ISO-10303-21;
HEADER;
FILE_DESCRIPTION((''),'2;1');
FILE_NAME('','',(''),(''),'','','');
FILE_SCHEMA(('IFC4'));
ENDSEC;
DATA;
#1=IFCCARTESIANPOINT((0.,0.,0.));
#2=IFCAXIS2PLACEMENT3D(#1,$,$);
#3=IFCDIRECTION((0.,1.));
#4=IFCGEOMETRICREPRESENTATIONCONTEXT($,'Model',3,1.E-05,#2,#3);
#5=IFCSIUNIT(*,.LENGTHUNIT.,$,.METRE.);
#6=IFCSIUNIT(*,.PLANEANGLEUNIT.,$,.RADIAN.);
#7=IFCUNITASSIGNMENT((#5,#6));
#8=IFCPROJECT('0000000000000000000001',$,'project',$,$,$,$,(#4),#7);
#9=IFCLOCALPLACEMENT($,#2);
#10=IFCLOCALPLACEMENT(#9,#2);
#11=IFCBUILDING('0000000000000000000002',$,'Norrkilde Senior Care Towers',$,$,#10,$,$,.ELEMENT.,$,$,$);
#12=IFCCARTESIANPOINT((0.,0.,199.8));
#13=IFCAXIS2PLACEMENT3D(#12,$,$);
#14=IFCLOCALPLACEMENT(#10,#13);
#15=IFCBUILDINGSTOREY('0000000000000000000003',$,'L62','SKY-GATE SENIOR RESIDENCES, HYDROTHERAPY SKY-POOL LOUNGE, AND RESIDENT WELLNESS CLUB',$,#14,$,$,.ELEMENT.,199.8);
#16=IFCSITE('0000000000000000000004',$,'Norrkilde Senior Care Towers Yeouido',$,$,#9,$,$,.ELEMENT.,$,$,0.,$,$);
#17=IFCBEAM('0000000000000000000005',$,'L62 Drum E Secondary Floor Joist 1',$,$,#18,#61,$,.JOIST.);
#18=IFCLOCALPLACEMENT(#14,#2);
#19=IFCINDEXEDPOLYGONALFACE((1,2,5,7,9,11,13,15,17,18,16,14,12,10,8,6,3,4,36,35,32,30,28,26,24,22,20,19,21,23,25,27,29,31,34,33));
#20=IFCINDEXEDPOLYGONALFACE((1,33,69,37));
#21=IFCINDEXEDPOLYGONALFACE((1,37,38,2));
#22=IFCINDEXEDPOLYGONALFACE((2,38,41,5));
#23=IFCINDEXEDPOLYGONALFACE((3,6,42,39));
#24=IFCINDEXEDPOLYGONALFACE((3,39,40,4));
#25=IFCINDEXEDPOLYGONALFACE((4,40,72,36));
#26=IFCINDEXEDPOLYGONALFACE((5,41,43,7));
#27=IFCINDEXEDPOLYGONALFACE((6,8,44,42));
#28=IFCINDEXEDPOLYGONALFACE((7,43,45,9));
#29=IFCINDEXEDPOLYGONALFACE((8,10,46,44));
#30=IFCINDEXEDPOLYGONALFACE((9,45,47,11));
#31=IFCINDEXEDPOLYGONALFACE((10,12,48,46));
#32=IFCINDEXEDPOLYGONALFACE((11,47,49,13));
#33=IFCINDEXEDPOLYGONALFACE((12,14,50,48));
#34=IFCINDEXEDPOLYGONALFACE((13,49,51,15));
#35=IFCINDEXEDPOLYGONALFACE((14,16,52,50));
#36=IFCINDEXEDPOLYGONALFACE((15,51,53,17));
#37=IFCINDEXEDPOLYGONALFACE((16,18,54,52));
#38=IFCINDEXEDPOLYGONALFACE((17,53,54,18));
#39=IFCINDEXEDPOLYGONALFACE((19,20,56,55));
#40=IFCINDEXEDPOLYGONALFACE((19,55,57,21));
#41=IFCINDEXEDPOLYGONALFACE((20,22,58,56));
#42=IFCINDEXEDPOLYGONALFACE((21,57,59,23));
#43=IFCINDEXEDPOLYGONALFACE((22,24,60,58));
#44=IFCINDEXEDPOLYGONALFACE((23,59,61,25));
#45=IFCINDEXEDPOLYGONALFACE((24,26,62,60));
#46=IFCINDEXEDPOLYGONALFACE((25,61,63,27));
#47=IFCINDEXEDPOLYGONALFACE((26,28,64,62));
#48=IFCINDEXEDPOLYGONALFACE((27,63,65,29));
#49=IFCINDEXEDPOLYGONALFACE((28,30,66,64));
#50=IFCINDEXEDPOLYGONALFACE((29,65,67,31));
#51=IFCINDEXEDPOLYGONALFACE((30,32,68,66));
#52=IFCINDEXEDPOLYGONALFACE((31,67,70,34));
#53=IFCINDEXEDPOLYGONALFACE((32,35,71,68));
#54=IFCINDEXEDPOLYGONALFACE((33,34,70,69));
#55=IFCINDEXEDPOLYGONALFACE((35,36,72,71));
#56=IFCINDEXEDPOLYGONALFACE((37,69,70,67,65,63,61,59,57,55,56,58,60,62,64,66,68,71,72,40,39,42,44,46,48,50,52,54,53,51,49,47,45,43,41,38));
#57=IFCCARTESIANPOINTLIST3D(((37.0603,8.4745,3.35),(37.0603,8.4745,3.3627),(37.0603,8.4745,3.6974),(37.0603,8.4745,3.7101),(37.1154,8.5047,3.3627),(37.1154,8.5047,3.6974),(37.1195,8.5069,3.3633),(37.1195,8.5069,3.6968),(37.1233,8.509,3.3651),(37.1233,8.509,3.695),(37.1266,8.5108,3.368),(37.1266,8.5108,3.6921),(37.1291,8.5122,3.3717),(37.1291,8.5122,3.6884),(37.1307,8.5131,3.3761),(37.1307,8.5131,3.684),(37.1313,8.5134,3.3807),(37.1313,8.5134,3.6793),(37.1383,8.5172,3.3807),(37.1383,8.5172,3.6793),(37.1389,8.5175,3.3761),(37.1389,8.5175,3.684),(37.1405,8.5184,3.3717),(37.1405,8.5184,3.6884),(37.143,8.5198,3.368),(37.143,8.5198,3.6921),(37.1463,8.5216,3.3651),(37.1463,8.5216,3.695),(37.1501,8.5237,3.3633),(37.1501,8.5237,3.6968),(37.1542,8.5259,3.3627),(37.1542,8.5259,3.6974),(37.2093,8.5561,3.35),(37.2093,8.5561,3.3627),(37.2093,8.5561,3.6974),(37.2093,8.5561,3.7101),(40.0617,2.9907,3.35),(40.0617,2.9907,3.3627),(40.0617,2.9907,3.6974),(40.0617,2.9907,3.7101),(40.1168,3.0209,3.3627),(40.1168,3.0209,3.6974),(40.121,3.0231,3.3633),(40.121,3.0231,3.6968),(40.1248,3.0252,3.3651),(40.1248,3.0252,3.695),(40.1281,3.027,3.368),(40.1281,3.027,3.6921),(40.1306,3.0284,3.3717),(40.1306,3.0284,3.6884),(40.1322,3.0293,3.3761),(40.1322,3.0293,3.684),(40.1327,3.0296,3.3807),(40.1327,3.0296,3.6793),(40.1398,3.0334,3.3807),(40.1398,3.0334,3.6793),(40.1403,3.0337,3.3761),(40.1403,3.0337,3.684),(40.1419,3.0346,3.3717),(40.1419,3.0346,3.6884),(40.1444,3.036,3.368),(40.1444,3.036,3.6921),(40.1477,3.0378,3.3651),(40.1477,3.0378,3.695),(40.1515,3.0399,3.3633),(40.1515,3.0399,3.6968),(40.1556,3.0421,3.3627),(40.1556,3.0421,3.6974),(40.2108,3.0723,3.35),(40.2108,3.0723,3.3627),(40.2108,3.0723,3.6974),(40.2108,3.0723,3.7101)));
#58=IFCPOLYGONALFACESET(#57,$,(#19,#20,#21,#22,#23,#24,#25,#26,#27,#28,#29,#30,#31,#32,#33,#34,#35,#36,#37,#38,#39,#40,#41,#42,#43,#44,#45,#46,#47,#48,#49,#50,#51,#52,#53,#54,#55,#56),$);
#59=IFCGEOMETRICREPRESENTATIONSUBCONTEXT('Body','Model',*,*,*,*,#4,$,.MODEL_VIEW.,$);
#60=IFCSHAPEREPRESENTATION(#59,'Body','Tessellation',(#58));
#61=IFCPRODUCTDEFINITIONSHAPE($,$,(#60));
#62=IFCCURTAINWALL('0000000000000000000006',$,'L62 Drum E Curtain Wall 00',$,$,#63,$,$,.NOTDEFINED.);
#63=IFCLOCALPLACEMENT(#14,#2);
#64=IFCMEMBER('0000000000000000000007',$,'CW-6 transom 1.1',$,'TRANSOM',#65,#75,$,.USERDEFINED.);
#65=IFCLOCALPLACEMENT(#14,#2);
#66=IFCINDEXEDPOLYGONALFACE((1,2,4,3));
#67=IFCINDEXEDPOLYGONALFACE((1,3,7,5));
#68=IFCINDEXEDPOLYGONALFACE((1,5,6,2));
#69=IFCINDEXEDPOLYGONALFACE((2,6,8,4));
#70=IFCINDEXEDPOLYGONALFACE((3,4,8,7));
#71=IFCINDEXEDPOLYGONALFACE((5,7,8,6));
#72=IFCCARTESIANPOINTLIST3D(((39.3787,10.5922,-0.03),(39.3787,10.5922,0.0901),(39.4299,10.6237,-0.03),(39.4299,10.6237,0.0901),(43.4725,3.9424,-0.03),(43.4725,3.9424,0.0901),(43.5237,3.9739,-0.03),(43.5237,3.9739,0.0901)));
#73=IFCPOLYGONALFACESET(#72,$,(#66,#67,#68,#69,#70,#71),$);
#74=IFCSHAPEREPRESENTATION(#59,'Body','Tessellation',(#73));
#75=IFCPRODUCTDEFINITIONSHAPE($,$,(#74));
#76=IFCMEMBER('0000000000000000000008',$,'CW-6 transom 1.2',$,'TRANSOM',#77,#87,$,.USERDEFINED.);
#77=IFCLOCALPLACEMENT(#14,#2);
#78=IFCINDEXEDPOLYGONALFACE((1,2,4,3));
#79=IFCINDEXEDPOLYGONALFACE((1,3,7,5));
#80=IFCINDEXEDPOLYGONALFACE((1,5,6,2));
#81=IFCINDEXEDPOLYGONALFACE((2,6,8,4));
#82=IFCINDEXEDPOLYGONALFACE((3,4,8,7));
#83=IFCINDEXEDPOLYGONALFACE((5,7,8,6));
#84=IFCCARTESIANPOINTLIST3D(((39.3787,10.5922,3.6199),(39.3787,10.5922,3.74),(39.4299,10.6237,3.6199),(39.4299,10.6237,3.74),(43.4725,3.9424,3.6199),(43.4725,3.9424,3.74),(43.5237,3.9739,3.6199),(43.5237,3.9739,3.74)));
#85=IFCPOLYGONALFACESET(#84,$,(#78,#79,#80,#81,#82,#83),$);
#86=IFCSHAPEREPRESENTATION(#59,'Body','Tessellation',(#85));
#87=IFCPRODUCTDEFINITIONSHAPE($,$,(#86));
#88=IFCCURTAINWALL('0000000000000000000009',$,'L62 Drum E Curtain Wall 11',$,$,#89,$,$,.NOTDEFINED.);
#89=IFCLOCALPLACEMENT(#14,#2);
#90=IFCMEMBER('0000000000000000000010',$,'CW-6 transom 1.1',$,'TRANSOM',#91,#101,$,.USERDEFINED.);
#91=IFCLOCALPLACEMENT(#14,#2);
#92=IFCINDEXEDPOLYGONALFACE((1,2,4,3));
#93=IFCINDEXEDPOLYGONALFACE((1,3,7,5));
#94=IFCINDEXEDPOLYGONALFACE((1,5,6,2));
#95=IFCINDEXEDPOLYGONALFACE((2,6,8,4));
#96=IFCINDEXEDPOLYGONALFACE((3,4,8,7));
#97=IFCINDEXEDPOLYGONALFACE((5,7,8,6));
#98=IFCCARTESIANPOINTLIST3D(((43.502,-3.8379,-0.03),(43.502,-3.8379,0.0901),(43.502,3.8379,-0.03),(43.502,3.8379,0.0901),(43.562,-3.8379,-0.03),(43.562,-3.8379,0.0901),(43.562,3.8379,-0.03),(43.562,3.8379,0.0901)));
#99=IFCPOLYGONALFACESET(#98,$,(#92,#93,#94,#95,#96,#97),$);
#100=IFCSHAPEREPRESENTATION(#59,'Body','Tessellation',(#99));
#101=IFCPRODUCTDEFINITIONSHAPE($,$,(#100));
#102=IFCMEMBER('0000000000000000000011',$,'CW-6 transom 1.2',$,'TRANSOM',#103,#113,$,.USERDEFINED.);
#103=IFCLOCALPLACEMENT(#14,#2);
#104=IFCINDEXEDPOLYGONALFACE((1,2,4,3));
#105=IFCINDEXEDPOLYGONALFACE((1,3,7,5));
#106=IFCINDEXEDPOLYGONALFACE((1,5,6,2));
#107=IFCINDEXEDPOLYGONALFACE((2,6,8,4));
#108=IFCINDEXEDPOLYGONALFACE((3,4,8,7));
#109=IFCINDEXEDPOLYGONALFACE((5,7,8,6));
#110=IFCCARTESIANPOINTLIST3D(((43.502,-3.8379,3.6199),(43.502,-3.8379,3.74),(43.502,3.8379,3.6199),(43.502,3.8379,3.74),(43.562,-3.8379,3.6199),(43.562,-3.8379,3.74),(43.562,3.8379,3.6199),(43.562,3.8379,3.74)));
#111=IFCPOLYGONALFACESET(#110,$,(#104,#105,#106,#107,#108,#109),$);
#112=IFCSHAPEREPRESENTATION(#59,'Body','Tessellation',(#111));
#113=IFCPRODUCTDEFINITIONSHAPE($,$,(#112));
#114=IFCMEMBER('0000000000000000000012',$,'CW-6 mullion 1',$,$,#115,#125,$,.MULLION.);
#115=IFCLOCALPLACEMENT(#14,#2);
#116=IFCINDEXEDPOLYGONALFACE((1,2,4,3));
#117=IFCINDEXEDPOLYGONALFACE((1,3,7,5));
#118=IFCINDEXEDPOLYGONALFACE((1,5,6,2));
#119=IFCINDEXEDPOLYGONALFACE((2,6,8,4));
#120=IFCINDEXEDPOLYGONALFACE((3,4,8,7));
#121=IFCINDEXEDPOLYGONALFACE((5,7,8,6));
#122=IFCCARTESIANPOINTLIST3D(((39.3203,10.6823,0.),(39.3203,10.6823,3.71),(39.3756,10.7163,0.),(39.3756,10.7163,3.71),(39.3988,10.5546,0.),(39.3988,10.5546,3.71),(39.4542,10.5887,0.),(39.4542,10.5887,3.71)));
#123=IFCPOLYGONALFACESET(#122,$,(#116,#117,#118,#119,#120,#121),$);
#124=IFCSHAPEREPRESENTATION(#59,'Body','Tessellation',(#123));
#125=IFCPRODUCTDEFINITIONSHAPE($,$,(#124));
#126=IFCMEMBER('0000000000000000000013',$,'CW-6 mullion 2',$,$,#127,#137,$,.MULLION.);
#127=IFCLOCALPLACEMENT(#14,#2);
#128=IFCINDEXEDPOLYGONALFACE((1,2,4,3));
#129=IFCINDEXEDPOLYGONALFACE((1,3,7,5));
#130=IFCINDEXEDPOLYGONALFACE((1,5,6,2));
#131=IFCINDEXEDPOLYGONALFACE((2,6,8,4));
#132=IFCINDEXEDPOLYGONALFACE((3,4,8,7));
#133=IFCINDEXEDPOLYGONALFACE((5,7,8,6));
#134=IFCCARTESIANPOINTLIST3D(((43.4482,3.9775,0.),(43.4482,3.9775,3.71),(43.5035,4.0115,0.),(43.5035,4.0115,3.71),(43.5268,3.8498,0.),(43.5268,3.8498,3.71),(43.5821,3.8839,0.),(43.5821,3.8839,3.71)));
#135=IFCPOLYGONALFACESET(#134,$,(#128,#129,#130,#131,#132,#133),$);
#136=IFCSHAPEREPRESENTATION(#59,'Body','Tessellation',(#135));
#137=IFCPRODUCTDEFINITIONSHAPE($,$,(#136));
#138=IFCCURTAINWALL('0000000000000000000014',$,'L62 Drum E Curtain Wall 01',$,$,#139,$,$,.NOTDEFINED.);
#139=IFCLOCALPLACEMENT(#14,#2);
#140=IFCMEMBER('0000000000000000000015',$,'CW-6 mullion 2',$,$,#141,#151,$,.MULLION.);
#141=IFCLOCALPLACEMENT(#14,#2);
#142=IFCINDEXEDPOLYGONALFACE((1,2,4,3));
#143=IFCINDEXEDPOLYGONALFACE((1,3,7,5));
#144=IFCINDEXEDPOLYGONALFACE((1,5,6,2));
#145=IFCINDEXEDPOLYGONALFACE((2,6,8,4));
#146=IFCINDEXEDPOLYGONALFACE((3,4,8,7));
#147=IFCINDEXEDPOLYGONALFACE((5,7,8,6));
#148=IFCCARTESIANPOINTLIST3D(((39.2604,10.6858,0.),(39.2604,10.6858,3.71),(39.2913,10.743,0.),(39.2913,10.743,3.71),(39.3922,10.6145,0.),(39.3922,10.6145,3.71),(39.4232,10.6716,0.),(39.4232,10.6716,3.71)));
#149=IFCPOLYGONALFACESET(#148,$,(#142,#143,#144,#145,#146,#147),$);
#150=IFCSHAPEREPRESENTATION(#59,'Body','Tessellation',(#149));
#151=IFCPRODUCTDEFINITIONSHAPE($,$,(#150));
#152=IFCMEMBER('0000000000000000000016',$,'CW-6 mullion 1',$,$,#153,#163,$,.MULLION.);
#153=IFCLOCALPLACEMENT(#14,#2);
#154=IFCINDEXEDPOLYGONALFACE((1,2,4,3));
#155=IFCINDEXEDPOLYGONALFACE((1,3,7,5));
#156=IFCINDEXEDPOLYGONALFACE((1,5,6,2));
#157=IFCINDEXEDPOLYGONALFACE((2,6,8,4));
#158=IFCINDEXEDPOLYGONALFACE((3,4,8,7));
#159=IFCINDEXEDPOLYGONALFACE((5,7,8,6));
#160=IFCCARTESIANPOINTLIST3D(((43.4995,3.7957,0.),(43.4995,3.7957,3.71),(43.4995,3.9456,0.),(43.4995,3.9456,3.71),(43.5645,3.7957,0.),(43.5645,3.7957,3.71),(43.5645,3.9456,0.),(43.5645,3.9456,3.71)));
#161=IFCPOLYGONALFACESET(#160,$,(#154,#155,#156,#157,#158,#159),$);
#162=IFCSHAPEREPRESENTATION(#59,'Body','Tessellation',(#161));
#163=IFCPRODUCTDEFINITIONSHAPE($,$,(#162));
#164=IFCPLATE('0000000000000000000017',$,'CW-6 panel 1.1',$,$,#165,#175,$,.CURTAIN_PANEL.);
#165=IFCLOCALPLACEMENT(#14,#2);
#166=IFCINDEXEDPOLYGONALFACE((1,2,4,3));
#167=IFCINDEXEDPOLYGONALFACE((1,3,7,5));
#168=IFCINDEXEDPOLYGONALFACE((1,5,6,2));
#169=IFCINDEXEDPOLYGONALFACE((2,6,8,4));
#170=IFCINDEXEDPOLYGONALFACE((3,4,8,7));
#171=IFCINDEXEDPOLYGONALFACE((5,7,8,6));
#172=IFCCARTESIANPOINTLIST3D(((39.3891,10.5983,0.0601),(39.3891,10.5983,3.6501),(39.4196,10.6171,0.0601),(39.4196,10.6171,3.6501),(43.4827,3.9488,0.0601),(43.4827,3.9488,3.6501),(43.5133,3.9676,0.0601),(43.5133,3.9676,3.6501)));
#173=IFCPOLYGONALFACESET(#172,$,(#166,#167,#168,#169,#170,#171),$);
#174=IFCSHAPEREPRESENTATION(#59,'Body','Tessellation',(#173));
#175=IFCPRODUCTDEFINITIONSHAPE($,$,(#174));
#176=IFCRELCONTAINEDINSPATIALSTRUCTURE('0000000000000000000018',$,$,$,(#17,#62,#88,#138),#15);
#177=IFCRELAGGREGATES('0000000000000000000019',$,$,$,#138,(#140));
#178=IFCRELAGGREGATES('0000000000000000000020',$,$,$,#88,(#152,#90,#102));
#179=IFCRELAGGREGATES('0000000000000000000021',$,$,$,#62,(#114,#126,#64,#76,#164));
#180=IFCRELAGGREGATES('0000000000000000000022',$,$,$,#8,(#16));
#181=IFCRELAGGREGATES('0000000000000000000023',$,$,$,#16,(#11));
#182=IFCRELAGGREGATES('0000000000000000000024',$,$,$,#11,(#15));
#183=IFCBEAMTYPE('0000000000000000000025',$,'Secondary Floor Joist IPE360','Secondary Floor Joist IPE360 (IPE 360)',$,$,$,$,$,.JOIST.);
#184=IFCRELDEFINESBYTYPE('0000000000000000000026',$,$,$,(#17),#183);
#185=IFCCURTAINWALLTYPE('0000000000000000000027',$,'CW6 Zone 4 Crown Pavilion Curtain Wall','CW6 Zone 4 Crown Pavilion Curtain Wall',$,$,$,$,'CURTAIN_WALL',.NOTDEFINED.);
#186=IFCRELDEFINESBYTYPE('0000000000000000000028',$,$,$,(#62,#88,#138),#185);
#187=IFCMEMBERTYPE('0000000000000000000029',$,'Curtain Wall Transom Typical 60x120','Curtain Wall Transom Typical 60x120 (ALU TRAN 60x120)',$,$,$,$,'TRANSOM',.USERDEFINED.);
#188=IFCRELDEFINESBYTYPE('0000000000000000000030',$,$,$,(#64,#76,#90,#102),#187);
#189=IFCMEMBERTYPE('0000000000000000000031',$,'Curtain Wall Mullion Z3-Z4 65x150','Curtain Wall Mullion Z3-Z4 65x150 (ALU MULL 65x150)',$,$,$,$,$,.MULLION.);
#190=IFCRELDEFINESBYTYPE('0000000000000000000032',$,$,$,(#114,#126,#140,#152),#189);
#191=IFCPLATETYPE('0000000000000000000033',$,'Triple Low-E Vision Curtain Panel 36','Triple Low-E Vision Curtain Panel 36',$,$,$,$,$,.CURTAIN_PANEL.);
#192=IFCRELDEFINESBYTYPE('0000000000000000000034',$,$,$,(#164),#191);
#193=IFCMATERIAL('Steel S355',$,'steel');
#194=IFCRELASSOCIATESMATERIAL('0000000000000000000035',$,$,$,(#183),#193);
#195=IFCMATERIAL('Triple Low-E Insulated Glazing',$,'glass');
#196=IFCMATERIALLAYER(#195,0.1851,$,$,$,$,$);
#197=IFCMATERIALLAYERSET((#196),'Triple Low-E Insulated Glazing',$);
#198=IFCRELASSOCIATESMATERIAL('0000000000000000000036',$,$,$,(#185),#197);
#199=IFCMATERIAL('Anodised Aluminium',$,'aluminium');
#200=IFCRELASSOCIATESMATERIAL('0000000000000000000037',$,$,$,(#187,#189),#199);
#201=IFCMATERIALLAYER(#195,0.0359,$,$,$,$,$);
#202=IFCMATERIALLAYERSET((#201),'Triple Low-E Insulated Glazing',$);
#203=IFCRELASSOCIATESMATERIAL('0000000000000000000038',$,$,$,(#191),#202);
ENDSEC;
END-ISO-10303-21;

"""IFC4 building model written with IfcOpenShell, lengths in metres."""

from ifc_helpers import new_model, si_unit, direction, frame, origin, origin_2d, place, context, subcontext, project, spatial, rectangle, i_section, extrude, source, transform, mapped, material, layer, layer_set, material_profile, profile_set, type_object, type_shapes, element, aggregate, save


model = new_model("IFC4")

# Units and contexts
model_context = context("Model", 3, precision=1e-05, world=origin(), true_north=direction((0.0, 1.0)))
body_context = subcontext(model_context, "Body", "Model", "MODEL_VIEW")
ifc_project = project(units=[si_unit("LENGTHUNIT", "METRE"), si_unit("PLANEANGLEUNIT", "RADIAN")], contexts=[model_context])

# Site, building, storey
site_placement = place(None, origin())
site = spatial("IfcSite", under=ifc_project, at=site_placement, Name="Norrkilde Senior Care Towers Yeouido", CompositionType="ELEMENT", RefElevation=0.0)
building_placement = place(site_placement, origin())
building = spatial("IfcBuilding", under=site, at=building_placement, Name="Norrkilde Senior Care Towers", CompositionType="ELEMENT")
storey_placement = place(building_placement, frame((0.0, 0.0, 199.8)))
storey = spatial("IfcBuildingStorey", under=building, at=storey_placement, Name="L62", Description="SKY-GATE SENIOR RESIDENCES, HYDROTHERAPY SKY-POOL LOUNGE, AND RESIDENT WELLNESS CLUB", CompositionType="ELEMENT", Elevation=199.8)

# Beam
ifc_material_1 = material(Name="Steel S355", Category="steel")
ifc_material_profile_1 = material_profile(ifc_material_1, i_section(OverallWidth=0.1699, OverallDepth=0.3601, WebThickness=0.0081, FlangeThickness=0.0127, FilletRadius=0.0181, at=origin_2d()), Name="IPE 360")
ifc_profile_set_1 = profile_set([ifc_material_profile_1], Name="Steel S355")
beam_type_1 = type_object("IfcBeamType", Name="Secondary Floor Joist IPE360", Description="Secondary Floor Joist IPE360 (IPE 360)", PredefinedType="JOIST", material=ifc_profile_set_1)
shared_shape_1 = source(origin(), body_context, "Body", "SweptSolid", [
    extrude(i_section(OverallWidth=0.1699, OverallDepth=0.3601, WebThickness=0.0081, FlangeThickness=0.0127, FilletRadius=0.0181, at=origin_2d()), origin(), (0.0, 0.0, 1.0), 6.2515),
])
type_shapes(beam_type_1, [shared_shape_1])
beam_1_placement = place(storey_placement, frame((40.1362, 3.0315, 3.53), z_axis=(-0.480116, 0.877205, 0.0), x_axis=(-0.877205, -0.480116, 0.0)))
element("IfcBeam", 1, at=beam_1_placement, inside=storey, type_object=beam_type_1, Name="L62 Drum E Secondary Floor Joist 1", PredefinedType="JOIST", context=body_context, shape_type="MappedRepresentation", body=[
    mapped(shared_shape_1, transform((0.0, 0.0, 0.0), x_axis=(1.0, 0.0, 0.0), y_axis=(0.0, 1.0, 0.0), z_axis=(0.0, 0.0, 1.0), scale=1.0)),
])

# Curtain walls, members
ifc_material_2 = material(Name="Triple Low-E Insulated Glazing", Category="glass")
ifc_layer_1 = layer(ifc_material_2, 0.1851)
ifc_layer_set_1 = layer_set([ifc_layer_1], Name="Triple Low-E Insulated Glazing")
curtain_wall_type = type_object("IfcCurtainWallType", Name="CW6 Zone 4 Crown Pavilion Curtain Wall", Description="CW6 Zone 4 Crown Pavilion Curtain Wall", ElementType="CURTAIN_WALL", PredefinedType="NOTDEFINED", material=ifc_layer_set_1)
curtain_wall_1_placement = place(storey_placement, origin())
curtain_wall_1 = element("IfcCurtainWall", 2, at=curtain_wall_1_placement, inside=storey, type_object=curtain_wall_type, Name="L62 Drum E Curtain Wall 00", PredefinedType="NOTDEFINED")
ifc_material_3 = material(Name="Anodised Aluminium", Category="aluminium")
ifc_material_profile_2 = material_profile(ifc_material_3, rectangle(XDim=0.0601, YDim=0.1201, at=origin_2d()), Name="ALU TRAN 60x120")
ifc_profile_set_2 = profile_set([ifc_material_profile_2], Name="Anodised Aluminium")
member_type_1 = type_object("IfcMemberType", Name="Curtain Wall Transom Typical 60x120", Description="Curtain Wall Transom Typical 60x120 (ALU TRAN 60x120)", ElementType="TRANSOM", PredefinedType="USERDEFINED", material=ifc_profile_set_2)
shared_shape_2 = source(origin(), body_context, "Body", "SweptSolid", [
    extrude(rectangle(XDim=0.0601, YDim=0.1201, at=origin_2d()), origin(), (0.0, 0.0, 1.0), 7.8088),
])
member_1_placement = place(storey_placement, frame((39.4043, 10.6079, 0.03), z_axis=(0.524251, -0.851564, 0.0), x_axis=(0.851564, 0.524251, 0.0)))
member_1 = element("IfcMember", 3, at=member_1_placement, type_object=member_type_1, Name="CW-6 transom 1.1", ObjectType="TRANSOM", PredefinedType="USERDEFINED", context=body_context, shape_type="MappedRepresentation", body=[
    mapped(shared_shape_2, transform((0.0, 0.0, 0.0), x_axis=(1.0, 0.0, 0.0), y_axis=(0.0, 1.0, 0.0), z_axis=(0.0, 0.0, 1.0), scale=1.0)),
])
member_2_placement = place(storey_placement, frame((39.4043, 10.6079, 3.6799), z_axis=(0.524251, -0.851564, 0.0), x_axis=(0.851564, 0.524251, 0.0)))
member_2 = element("IfcMember", 4, at=member_2_placement, type_object=member_type_1, Name="CW-6 transom 1.2", ObjectType="TRANSOM", PredefinedType="USERDEFINED", context=body_context, shape_type="MappedRepresentation", body=[
    mapped(shared_shape_2, transform((0.0, 0.0, 0.0), x_axis=(1.0, 0.0, 0.0), y_axis=(0.0, 1.0, 0.0), z_axis=(0.0, 0.0, 1.0), scale=1.0)),
])
curtain_wall_2_placement = place(storey_placement, origin())
curtain_wall_2 = element("IfcCurtainWall", 5, at=curtain_wall_2_placement, inside=storey, type_object=curtain_wall_type, Name="L62 Drum E Curtain Wall 11", PredefinedType="NOTDEFINED")
shared_shape_3 = source(origin(), body_context, "Body", "SweptSolid", [
    extrude(rectangle(XDim=0.0601, YDim=0.1201, at=origin_2d()), origin(), (0.0, 0.0, 1.0), 7.6758),
])
type_shapes(member_type_1, [shared_shape_2, shared_shape_3])
member_3_placement = place(storey_placement, frame((43.532, 3.8379, 0.03), z_axis=(0.0, -1.0, 0.0), x_axis=(1.0, 0.0, 0.0)))
member_3 = element("IfcMember", 6, at=member_3_placement, type_object=member_type_1, Name="CW-6 transom 1.1", ObjectType="TRANSOM", PredefinedType="USERDEFINED", context=body_context, shape_type="MappedRepresentation", body=[
    mapped(shared_shape_3, transform((0.0, 0.0, 0.0), x_axis=(1.0, 0.0, 0.0), y_axis=(0.0, 1.0, 0.0), z_axis=(0.0, 0.0, 1.0), scale=1.0)),
])
member_4_placement = place(storey_placement, frame((43.532, 3.8379, 3.6799), z_axis=(0.0, -1.0, 0.0), x_axis=(1.0, 0.0, 0.0)))
member_4 = element("IfcMember", 7, at=member_4_placement, type_object=member_type_1, Name="CW-6 transom 1.2", ObjectType="TRANSOM", PredefinedType="USERDEFINED", context=body_context, shape_type="MappedRepresentation", body=[
    mapped(shared_shape_3, transform((0.0, 0.0, 0.0), x_axis=(1.0, 0.0, 0.0), y_axis=(0.0, 1.0, 0.0), z_axis=(0.0, 0.0, 1.0), scale=1.0)),
])

# Members
ifc_material_profile_3 = material_profile(ifc_material_3, rectangle(XDim=0.0649, YDim=0.1499, at=origin_2d()), Name="ALU MULL 65x150")
ifc_profile_set_3 = profile_set([ifc_material_profile_3], Name="Anodised Aluminium")
member_type_2 = type_object("IfcMemberType", Name="Curtain Wall Mullion Z3-Z4 65x150", Description="Curtain Wall Mullion Z3-Z4 65x150 (ALU MULL 65x150)", PredefinedType="MULLION", material=ifc_profile_set_3)
shared_shape_4 = source(origin(), body_context, "Body", "SweptSolid", [
    extrude(rectangle(XDim=0.0649, YDim=0.1499, at=origin_2d()), origin(), (0.0, 0.0, 1.0), 3.71),
])
type_shapes(member_type_2, [shared_shape_4])
member_5_placement = place(storey_placement, frame((39.3872, 10.6355, 0.0), z_axis=(0.0, 0.0, 1.0), x_axis=(0.851563, 0.524253, 0.0)))
member_5 = element("IfcMember", 8, at=member_5_placement, type_object=member_type_2, Name="CW-6 mullion 1", PredefinedType="MULLION", context=body_context, shape_type="MappedRepresentation", body=[
    mapped(shared_shape_4, transform((0.0, 0.0, 0.0), x_axis=(1.0, 0.0, 0.0), y_axis=(0.0, 1.0, 0.0), z_axis=(0.0, 0.0, 1.0), scale=1.0)),
])
member_6_placement = place(storey_placement, frame((43.5151, 3.9307, 0.0), z_axis=(0.0, 0.0, 1.0), x_axis=(0.851563, 0.524253, 0.0)))
member_6 = element("IfcMember", 9, at=member_6_placement, type_object=member_type_2, Name="CW-6 mullion 2", PredefinedType="MULLION", context=body_context, shape_type="MappedRepresentation", body=[
    mapped(shared_shape_4, transform((0.0, 0.0, 0.0), x_axis=(1.0, 0.0, 0.0), y_axis=(0.0, 1.0, 0.0), z_axis=(0.0, 0.0, 1.0), scale=1.0)),
])

# Curtain wall, member
curtain_wall_3_placement = place(storey_placement, origin())
curtain_wall_3 = element("IfcCurtainWall", 10, at=curtain_wall_3_placement, inside=storey, type_object=curtain_wall_type, Name="L62 Drum E Curtain Wall 01", PredefinedType="NOTDEFINED")
member_7_placement = place(storey_placement, frame((39.3418, 10.6787, 0.0), z_axis=(0.0, 0.0, 1.0), x_axis=(0.476133, 0.879373, 0.0)))
member_7 = element("IfcMember", 11, at=member_7_placement, type_object=member_type_2, Name="CW-6 mullion 2", PredefinedType="MULLION", context=body_context, shape_type="MappedRepresentation", body=[
    mapped(shared_shape_4, transform((0.0, 0.0, 0.0), x_axis=(1.0, 0.0, 0.0), y_axis=(0.0, 1.0, 0.0), z_axis=(0.0, 0.0, 1.0), scale=1.0)),
])
aggregate(curtain_wall_3, [member_7])

# Member
member_8_placement = place(storey_placement, frame((43.532, 3.8706, 0.0), z_axis=(0.0, 0.0, 1.0), x_axis=(1.0, 0.0, 0.0)))
member_8 = element("IfcMember", 12, at=member_8_placement, type_object=member_type_2, Name="CW-6 mullion 1", PredefinedType="MULLION", context=body_context, shape_type="MappedRepresentation", body=[
    mapped(shared_shape_4, transform((0.0, 0.0, 0.0), x_axis=(1.0, 0.0, 0.0), y_axis=(0.0, 1.0, 0.0), z_axis=(0.0, 0.0, 1.0), scale=1.0)),
])
aggregate(curtain_wall_2, [member_8, member_3, member_4])

# Plate
ifc_layer_2 = layer(ifc_material_2, 0.0359)
ifc_layer_set_2 = layer_set([ifc_layer_2], Name="Triple Low-E Insulated Glazing")
plate_type = type_object("IfcPlateType", Name="Triple Low-E Vision Curtain Panel 36", Description="Triple Low-E Vision Curtain Panel 36", PredefinedType="CURTAIN_PANEL", material=ifc_layer_set_2)
shared_shape_5 = source(origin(), body_context, "Body", "SweptSolid", [
    extrude(rectangle(XDim=7.8086, YDim=0.0359, at=origin_2d()), origin(), (0.0, 0.0, 1.0), 3.5901),
])
type_shapes(plate_type, [shared_shape_5])
plate_placement = place(storey_placement, frame((41.4512, 7.283, 0.0601), z_axis=(0.0, 0.0, 1.0), x_axis=(0.524253, -0.851563, 0.0)))
plate = element("IfcPlate", 13, at=plate_placement, type_object=plate_type, Name="CW-6 panel 1.1", PredefinedType="CURTAIN_PANEL", context=body_context, shape_type="MappedRepresentation", body=[
    mapped(shared_shape_5, transform((0.0, 0.0, 0.0), x_axis=(1.0, 0.0, 0.0), y_axis=(0.0, 1.0, 0.0), z_axis=(0.0, 0.0, 1.0), scale=1.0)),
])
aggregate(curtain_wall_1, [member_5, member_6, member_1, member_2, plate])

save(model, "model.ifc")
